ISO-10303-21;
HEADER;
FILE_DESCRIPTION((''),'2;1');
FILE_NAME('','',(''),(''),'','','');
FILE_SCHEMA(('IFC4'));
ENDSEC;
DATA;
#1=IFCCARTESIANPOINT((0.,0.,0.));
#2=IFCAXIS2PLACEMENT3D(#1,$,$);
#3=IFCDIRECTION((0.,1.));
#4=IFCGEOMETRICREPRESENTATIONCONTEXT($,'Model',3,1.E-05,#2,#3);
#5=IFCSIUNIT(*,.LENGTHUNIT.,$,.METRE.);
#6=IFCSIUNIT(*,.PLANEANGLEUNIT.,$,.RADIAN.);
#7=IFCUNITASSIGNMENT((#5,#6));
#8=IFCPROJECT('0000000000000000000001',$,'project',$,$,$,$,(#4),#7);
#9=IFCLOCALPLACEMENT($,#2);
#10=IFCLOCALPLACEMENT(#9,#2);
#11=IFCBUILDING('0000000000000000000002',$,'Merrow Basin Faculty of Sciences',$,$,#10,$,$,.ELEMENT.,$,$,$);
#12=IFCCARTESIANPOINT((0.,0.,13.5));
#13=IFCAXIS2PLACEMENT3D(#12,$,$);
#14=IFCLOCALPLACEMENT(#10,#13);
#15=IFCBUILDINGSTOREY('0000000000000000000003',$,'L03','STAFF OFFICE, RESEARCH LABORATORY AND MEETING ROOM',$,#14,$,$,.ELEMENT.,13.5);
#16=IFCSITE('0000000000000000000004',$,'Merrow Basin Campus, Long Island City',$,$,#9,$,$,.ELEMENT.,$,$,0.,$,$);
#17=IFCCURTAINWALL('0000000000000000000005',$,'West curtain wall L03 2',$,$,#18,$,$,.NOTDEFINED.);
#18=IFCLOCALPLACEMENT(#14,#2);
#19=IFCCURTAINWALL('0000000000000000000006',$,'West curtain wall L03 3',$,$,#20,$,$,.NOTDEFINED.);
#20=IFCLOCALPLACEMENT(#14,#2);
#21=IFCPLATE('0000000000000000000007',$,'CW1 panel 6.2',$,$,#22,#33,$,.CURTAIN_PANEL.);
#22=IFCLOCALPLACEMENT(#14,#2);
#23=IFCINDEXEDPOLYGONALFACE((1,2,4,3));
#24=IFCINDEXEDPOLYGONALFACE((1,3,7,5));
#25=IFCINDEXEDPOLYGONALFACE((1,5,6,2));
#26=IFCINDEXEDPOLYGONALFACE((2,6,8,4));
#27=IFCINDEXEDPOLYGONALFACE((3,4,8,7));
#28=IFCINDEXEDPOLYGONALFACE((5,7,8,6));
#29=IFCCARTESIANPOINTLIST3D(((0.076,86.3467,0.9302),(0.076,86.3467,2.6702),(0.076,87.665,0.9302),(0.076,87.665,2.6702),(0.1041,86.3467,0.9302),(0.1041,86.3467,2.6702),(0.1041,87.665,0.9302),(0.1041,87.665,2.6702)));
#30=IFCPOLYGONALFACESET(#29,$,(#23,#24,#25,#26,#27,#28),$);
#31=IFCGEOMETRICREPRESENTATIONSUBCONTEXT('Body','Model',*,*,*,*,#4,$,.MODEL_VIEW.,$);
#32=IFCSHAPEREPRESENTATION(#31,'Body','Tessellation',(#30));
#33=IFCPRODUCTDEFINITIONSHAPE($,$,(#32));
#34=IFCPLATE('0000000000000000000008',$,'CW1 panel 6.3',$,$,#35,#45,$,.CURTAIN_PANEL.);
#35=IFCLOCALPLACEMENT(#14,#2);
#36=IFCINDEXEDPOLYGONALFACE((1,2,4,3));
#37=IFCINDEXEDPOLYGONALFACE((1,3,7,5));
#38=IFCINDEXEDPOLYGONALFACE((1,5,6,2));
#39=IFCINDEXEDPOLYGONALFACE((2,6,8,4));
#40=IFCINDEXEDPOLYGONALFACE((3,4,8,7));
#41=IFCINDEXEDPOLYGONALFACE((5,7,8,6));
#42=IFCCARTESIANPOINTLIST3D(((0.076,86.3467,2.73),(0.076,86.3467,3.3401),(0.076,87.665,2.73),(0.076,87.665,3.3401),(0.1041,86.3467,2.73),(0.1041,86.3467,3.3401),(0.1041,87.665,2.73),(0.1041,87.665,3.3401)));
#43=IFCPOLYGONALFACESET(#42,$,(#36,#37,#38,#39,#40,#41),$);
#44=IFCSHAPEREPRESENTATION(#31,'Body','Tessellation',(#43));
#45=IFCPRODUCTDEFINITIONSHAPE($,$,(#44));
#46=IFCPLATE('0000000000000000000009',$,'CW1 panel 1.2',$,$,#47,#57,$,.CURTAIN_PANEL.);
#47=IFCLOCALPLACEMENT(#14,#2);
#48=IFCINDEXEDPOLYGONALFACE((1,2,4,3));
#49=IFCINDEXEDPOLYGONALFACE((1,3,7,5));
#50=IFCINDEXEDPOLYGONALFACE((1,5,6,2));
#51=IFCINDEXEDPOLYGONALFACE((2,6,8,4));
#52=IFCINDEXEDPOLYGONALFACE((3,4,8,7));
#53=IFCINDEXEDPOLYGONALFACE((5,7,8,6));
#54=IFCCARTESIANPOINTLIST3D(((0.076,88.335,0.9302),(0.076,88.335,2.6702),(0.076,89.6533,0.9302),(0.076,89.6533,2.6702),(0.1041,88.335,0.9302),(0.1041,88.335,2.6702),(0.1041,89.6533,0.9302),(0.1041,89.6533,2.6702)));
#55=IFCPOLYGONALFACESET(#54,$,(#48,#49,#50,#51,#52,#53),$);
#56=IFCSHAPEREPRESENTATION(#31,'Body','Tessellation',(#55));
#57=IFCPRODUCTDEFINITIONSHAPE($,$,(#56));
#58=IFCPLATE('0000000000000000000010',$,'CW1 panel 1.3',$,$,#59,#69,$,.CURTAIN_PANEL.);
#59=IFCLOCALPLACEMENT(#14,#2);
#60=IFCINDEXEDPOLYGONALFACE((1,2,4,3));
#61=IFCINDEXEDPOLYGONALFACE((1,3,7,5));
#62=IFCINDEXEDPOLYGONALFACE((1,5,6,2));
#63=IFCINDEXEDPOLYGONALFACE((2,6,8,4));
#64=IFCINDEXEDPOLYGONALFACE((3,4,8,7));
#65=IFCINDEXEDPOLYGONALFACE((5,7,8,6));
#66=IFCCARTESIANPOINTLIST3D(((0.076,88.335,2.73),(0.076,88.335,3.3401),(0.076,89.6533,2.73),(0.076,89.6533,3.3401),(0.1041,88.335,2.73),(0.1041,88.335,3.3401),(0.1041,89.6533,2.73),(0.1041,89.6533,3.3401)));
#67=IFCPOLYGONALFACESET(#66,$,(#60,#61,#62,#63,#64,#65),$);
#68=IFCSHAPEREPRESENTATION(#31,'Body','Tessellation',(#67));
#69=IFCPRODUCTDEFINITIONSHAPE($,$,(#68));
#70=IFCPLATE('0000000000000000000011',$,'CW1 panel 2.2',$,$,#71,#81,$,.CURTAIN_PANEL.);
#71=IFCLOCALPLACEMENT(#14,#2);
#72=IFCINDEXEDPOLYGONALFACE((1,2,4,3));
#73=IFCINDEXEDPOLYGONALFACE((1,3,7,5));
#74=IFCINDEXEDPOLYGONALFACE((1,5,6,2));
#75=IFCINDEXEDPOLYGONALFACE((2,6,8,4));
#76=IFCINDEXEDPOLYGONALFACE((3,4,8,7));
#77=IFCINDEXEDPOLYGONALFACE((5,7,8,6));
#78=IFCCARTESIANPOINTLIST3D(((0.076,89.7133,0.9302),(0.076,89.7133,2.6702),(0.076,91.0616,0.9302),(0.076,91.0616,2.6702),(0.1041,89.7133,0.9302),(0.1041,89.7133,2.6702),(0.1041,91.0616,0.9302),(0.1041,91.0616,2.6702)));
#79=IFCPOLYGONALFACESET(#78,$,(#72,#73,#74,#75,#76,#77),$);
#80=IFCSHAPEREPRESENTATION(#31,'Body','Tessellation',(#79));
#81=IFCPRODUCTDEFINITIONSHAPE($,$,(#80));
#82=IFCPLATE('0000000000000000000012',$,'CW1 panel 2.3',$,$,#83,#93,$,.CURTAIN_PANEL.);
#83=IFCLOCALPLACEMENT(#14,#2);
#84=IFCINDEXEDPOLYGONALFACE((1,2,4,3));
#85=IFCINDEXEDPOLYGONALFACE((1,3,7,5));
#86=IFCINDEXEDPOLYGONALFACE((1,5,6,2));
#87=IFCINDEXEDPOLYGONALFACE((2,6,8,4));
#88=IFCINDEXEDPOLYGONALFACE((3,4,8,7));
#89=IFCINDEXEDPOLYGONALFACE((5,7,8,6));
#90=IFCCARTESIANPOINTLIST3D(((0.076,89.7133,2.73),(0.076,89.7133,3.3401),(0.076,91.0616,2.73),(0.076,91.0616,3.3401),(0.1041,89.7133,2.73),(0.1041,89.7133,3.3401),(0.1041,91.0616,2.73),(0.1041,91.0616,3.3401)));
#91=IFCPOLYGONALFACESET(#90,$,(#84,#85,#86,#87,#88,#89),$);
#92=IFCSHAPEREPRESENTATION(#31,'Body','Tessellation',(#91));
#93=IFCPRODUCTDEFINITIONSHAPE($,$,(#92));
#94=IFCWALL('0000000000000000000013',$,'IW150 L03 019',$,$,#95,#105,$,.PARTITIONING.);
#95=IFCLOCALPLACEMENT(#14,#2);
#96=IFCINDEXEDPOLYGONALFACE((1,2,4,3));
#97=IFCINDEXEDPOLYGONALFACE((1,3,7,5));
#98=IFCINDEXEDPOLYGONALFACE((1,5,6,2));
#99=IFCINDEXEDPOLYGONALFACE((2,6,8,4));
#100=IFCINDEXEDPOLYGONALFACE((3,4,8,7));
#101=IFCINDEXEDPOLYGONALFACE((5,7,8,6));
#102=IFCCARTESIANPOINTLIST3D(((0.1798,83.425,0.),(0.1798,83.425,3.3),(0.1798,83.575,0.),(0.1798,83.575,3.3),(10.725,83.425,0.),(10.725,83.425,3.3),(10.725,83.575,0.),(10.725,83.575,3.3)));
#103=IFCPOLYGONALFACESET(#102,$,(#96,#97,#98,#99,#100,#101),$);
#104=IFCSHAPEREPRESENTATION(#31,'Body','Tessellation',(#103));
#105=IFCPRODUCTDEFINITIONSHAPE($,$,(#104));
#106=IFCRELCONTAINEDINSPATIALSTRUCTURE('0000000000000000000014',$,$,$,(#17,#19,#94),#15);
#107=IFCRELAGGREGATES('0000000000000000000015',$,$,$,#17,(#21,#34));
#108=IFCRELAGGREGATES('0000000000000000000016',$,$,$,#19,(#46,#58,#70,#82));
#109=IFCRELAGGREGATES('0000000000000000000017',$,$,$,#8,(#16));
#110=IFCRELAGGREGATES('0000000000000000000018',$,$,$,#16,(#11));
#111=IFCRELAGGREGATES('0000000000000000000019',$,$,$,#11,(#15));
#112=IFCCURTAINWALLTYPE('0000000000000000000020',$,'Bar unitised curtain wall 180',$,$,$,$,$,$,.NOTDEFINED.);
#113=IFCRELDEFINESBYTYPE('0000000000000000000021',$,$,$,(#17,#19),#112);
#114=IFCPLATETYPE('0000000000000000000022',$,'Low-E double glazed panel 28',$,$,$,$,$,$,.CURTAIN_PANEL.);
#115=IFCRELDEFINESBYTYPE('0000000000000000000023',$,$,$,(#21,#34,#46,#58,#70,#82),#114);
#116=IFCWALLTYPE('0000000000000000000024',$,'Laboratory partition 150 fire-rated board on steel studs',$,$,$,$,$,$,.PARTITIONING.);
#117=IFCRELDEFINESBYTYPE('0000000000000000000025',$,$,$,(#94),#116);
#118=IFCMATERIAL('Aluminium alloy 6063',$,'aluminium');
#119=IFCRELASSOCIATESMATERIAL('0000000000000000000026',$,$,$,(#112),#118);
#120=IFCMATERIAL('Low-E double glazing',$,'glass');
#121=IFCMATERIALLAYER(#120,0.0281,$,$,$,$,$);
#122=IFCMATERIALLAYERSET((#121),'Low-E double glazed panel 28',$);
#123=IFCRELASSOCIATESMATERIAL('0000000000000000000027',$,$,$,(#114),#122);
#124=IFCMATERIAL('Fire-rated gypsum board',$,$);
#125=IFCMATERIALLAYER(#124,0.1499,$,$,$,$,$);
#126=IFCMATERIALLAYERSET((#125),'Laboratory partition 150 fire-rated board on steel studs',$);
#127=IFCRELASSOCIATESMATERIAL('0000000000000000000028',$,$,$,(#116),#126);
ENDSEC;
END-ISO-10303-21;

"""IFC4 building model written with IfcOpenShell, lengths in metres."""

from ifc_helpers import new_model, si_unit, direction, frame, frame_2d, origin, origin_2d, place, context, subcontext, project, spatial, rectangle, extrude, material, layer, layer_set, type_object, element, aggregate, save


model = new_model("IFC4")

# Units and contexts
model_context = context("Model", 3, precision=1e-05, world=origin(), true_north=direction((0.0, 1.0)))
body_context = subcontext(model_context, "Body", "Model", "MODEL_VIEW")
ifc_project = project(units=[si_unit("LENGTHUNIT", "METRE"), si_unit("PLANEANGLEUNIT", "RADIAN")], contexts=[model_context])

# Site, building, storey
site_placement = place(None, origin())
site = spatial("IfcSite", under=ifc_project, at=site_placement, Name="Merrow Basin Campus, Long Island City", CompositionType="ELEMENT", RefElevation=0.0)
building_placement = place(site_placement, origin())
building = spatial("IfcBuilding", under=site, at=building_placement, Name="Merrow Basin Faculty of Sciences", CompositionType="ELEMENT")
storey_placement = place(building_placement, frame((0.0, 0.0, 13.5)))
storey = spatial("IfcBuildingStorey", under=building, at=storey_placement, Name="L03", Description="STAFF OFFICE, RESEARCH LABORATORY AND MEETING ROOM", CompositionType="ELEMENT", Elevation=13.5)

# Curtain wall
ifc_material_1 = material(Name="Aluminium alloy 6063", Category="aluminium")
curtain_wall_type = type_object("IfcCurtainWallType", Name="Bar unitised curtain wall 180", PredefinedType="NOTDEFINED", material=ifc_material_1)
curtain_wall_1_placement = place(storey_placement, origin())
curtain_wall_1 = element("IfcCurtainWall", 1, at=curtain_wall_1_placement, inside=storey, type_object=curtain_wall_type, Name="West curtain wall L03 2", PredefinedType="NOTDEFINED")

# Curtain wall
curtain_wall_2_placement = place(storey_placement, origin())
curtain_wall_2 = element("IfcCurtainWall", 2, at=curtain_wall_2_placement, inside=storey, type_object=curtain_wall_type, Name="West curtain wall L03 3", PredefinedType="NOTDEFINED")

# Plates
ifc_material_2 = material(Name="Low-E double glazing", Category="glass")
ifc_layer_1 = layer(ifc_material_2, 0.0281)
ifc_layer_set_1 = layer_set([ifc_layer_1], Name="Low-E double glazed panel 28")
plate_type_1 = type_object("IfcPlateType", Name="Low-E double glazed panel 28", PredefinedType="CURTAIN_PANEL", material=ifc_layer_set_1)
plate_1_placement = place(storey_placement, frame((0.0901, 87.0059, 0.9302), z_axis=(0.0, 0.0, 1.0), x_axis=(0.0, 1.0, 0.0)))
plate_1 = element("IfcPlate", 3, at=plate_1_placement, type_object=plate_type_1, Name="CW1 panel 6.2", PredefinedType="CURTAIN_PANEL", context=body_context, shape_type="SweptSolid", body=[
    extrude(rectangle(XDim=1.3184, YDim=0.0281, at=origin_2d()), origin(), (0.0, 0.0, 1.0), 1.74),
])
plate_2_placement = place(storey_placement, frame((0.0901, 87.0059, 2.73), z_axis=(0.0, 0.0, 1.0), x_axis=(0.0, 1.0, 0.0)))
plate_2 = element("IfcPlate", 4, at=plate_2_placement, type_object=plate_type_1, Name="CW1 panel 6.3", PredefinedType="CURTAIN_PANEL", context=body_context, shape_type="SweptSolid", body=[
    extrude(rectangle(XDim=1.3184, YDim=0.0281, at=origin_2d()), origin(), (0.0, 0.0, 1.0), 0.6101),
])
aggregate(curtain_wall_1, [plate_1, plate_2])
plate_3_placement = place(storey_placement, frame((0.0901, 88.9941, 0.9302), z_axis=(0.0, 0.0, 1.0), x_axis=(0.0, 1.0, 0.0)))
plate_3 = element("IfcPlate", 5, at=plate_3_placement, type_object=plate_type_1, Name="CW1 panel 1.2", PredefinedType="CURTAIN_PANEL", context=body_context, shape_type="SweptSolid", body=[
    extrude(rectangle(XDim=1.3184, YDim=0.0281, at=origin_2d()), origin(), (0.0, 0.0, 1.0), 1.74),
])
plate_4_placement = place(storey_placement, frame((0.0901, 88.9941, 2.73), z_axis=(0.0, 0.0, 1.0), x_axis=(0.0, 1.0, 0.0)))
plate_4 = element("IfcPlate", 6, at=plate_4_placement, type_object=plate_type_1, Name="CW1 panel 1.3", PredefinedType="CURTAIN_PANEL", context=body_context, shape_type="SweptSolid", body=[
    extrude(rectangle(XDim=1.3184, YDim=0.0281, at=origin_2d()), origin(), (0.0, 0.0, 1.0), 0.6101),
])
plate_5_placement = place(storey_placement, frame((0.0901, 90.3875, 0.9302), z_axis=(0.0, 0.0, 1.0), x_axis=(0.0, 1.0, 0.0)))
plate_5 = element("IfcPlate", 7, at=plate_5_placement, type_object=plate_type_1, Name="CW1 panel 2.2", PredefinedType="CURTAIN_PANEL", context=body_context, shape_type="SweptSolid", body=[
    extrude(rectangle(XDim=1.3484, YDim=0.0281, at=origin_2d()), origin(), (0.0, 0.0, 1.0), 1.74),
])
plate_6_placement = place(storey_placement, frame((0.0901, 90.3875, 2.73), z_axis=(0.0, 0.0, 1.0), x_axis=(0.0, 1.0, 0.0)))
plate_6 = element("IfcPlate", 8, at=plate_6_placement, type_object=plate_type_1, Name="CW1 panel 2.3", PredefinedType="CURTAIN_PANEL", context=body_context, shape_type="SweptSolid", body=[
    extrude(rectangle(XDim=1.3484, YDim=0.0281, at=origin_2d()), origin(), (0.0, 0.0, 1.0), 0.6101),
])
aggregate(curtain_wall_2, [plate_3, plate_4, plate_5, plate_6])

# Wall
ifc_material_3 = material(Name="Fire-rated gypsum board")
ifc_layer_2 = layer(ifc_material_3, 0.1499)
ifc_layer_set_2 = layer_set([ifc_layer_2], Name="Laboratory partition 150 fire-rated board on steel studs")
wall_type = type_object("IfcWallType", Name="Laboratory partition 150 fire-rated board on steel studs", PredefinedType="PARTITIONING", material=ifc_layer_set_2)
wall_placement = place(storey_placement, frame((0.1799, 83.5, 0.0), z_axis=(0.0, 0.0, 1.0), x_axis=(1.0, 0.0, 0.0)))
element("IfcWall", 9, at=wall_placement, inside=storey, type_object=wall_type, Name="IW150 L03 019", PredefinedType="PARTITIONING", context=body_context, shape_type="SweptSolid", body=[
    extrude(rectangle(XDim=10.5452, YDim=0.1499, at=frame_2d((5.2725, 0.0))), origin(), (0.0, 0.0, 1.0), 3.3),
])

save(model, "model.ifc")
